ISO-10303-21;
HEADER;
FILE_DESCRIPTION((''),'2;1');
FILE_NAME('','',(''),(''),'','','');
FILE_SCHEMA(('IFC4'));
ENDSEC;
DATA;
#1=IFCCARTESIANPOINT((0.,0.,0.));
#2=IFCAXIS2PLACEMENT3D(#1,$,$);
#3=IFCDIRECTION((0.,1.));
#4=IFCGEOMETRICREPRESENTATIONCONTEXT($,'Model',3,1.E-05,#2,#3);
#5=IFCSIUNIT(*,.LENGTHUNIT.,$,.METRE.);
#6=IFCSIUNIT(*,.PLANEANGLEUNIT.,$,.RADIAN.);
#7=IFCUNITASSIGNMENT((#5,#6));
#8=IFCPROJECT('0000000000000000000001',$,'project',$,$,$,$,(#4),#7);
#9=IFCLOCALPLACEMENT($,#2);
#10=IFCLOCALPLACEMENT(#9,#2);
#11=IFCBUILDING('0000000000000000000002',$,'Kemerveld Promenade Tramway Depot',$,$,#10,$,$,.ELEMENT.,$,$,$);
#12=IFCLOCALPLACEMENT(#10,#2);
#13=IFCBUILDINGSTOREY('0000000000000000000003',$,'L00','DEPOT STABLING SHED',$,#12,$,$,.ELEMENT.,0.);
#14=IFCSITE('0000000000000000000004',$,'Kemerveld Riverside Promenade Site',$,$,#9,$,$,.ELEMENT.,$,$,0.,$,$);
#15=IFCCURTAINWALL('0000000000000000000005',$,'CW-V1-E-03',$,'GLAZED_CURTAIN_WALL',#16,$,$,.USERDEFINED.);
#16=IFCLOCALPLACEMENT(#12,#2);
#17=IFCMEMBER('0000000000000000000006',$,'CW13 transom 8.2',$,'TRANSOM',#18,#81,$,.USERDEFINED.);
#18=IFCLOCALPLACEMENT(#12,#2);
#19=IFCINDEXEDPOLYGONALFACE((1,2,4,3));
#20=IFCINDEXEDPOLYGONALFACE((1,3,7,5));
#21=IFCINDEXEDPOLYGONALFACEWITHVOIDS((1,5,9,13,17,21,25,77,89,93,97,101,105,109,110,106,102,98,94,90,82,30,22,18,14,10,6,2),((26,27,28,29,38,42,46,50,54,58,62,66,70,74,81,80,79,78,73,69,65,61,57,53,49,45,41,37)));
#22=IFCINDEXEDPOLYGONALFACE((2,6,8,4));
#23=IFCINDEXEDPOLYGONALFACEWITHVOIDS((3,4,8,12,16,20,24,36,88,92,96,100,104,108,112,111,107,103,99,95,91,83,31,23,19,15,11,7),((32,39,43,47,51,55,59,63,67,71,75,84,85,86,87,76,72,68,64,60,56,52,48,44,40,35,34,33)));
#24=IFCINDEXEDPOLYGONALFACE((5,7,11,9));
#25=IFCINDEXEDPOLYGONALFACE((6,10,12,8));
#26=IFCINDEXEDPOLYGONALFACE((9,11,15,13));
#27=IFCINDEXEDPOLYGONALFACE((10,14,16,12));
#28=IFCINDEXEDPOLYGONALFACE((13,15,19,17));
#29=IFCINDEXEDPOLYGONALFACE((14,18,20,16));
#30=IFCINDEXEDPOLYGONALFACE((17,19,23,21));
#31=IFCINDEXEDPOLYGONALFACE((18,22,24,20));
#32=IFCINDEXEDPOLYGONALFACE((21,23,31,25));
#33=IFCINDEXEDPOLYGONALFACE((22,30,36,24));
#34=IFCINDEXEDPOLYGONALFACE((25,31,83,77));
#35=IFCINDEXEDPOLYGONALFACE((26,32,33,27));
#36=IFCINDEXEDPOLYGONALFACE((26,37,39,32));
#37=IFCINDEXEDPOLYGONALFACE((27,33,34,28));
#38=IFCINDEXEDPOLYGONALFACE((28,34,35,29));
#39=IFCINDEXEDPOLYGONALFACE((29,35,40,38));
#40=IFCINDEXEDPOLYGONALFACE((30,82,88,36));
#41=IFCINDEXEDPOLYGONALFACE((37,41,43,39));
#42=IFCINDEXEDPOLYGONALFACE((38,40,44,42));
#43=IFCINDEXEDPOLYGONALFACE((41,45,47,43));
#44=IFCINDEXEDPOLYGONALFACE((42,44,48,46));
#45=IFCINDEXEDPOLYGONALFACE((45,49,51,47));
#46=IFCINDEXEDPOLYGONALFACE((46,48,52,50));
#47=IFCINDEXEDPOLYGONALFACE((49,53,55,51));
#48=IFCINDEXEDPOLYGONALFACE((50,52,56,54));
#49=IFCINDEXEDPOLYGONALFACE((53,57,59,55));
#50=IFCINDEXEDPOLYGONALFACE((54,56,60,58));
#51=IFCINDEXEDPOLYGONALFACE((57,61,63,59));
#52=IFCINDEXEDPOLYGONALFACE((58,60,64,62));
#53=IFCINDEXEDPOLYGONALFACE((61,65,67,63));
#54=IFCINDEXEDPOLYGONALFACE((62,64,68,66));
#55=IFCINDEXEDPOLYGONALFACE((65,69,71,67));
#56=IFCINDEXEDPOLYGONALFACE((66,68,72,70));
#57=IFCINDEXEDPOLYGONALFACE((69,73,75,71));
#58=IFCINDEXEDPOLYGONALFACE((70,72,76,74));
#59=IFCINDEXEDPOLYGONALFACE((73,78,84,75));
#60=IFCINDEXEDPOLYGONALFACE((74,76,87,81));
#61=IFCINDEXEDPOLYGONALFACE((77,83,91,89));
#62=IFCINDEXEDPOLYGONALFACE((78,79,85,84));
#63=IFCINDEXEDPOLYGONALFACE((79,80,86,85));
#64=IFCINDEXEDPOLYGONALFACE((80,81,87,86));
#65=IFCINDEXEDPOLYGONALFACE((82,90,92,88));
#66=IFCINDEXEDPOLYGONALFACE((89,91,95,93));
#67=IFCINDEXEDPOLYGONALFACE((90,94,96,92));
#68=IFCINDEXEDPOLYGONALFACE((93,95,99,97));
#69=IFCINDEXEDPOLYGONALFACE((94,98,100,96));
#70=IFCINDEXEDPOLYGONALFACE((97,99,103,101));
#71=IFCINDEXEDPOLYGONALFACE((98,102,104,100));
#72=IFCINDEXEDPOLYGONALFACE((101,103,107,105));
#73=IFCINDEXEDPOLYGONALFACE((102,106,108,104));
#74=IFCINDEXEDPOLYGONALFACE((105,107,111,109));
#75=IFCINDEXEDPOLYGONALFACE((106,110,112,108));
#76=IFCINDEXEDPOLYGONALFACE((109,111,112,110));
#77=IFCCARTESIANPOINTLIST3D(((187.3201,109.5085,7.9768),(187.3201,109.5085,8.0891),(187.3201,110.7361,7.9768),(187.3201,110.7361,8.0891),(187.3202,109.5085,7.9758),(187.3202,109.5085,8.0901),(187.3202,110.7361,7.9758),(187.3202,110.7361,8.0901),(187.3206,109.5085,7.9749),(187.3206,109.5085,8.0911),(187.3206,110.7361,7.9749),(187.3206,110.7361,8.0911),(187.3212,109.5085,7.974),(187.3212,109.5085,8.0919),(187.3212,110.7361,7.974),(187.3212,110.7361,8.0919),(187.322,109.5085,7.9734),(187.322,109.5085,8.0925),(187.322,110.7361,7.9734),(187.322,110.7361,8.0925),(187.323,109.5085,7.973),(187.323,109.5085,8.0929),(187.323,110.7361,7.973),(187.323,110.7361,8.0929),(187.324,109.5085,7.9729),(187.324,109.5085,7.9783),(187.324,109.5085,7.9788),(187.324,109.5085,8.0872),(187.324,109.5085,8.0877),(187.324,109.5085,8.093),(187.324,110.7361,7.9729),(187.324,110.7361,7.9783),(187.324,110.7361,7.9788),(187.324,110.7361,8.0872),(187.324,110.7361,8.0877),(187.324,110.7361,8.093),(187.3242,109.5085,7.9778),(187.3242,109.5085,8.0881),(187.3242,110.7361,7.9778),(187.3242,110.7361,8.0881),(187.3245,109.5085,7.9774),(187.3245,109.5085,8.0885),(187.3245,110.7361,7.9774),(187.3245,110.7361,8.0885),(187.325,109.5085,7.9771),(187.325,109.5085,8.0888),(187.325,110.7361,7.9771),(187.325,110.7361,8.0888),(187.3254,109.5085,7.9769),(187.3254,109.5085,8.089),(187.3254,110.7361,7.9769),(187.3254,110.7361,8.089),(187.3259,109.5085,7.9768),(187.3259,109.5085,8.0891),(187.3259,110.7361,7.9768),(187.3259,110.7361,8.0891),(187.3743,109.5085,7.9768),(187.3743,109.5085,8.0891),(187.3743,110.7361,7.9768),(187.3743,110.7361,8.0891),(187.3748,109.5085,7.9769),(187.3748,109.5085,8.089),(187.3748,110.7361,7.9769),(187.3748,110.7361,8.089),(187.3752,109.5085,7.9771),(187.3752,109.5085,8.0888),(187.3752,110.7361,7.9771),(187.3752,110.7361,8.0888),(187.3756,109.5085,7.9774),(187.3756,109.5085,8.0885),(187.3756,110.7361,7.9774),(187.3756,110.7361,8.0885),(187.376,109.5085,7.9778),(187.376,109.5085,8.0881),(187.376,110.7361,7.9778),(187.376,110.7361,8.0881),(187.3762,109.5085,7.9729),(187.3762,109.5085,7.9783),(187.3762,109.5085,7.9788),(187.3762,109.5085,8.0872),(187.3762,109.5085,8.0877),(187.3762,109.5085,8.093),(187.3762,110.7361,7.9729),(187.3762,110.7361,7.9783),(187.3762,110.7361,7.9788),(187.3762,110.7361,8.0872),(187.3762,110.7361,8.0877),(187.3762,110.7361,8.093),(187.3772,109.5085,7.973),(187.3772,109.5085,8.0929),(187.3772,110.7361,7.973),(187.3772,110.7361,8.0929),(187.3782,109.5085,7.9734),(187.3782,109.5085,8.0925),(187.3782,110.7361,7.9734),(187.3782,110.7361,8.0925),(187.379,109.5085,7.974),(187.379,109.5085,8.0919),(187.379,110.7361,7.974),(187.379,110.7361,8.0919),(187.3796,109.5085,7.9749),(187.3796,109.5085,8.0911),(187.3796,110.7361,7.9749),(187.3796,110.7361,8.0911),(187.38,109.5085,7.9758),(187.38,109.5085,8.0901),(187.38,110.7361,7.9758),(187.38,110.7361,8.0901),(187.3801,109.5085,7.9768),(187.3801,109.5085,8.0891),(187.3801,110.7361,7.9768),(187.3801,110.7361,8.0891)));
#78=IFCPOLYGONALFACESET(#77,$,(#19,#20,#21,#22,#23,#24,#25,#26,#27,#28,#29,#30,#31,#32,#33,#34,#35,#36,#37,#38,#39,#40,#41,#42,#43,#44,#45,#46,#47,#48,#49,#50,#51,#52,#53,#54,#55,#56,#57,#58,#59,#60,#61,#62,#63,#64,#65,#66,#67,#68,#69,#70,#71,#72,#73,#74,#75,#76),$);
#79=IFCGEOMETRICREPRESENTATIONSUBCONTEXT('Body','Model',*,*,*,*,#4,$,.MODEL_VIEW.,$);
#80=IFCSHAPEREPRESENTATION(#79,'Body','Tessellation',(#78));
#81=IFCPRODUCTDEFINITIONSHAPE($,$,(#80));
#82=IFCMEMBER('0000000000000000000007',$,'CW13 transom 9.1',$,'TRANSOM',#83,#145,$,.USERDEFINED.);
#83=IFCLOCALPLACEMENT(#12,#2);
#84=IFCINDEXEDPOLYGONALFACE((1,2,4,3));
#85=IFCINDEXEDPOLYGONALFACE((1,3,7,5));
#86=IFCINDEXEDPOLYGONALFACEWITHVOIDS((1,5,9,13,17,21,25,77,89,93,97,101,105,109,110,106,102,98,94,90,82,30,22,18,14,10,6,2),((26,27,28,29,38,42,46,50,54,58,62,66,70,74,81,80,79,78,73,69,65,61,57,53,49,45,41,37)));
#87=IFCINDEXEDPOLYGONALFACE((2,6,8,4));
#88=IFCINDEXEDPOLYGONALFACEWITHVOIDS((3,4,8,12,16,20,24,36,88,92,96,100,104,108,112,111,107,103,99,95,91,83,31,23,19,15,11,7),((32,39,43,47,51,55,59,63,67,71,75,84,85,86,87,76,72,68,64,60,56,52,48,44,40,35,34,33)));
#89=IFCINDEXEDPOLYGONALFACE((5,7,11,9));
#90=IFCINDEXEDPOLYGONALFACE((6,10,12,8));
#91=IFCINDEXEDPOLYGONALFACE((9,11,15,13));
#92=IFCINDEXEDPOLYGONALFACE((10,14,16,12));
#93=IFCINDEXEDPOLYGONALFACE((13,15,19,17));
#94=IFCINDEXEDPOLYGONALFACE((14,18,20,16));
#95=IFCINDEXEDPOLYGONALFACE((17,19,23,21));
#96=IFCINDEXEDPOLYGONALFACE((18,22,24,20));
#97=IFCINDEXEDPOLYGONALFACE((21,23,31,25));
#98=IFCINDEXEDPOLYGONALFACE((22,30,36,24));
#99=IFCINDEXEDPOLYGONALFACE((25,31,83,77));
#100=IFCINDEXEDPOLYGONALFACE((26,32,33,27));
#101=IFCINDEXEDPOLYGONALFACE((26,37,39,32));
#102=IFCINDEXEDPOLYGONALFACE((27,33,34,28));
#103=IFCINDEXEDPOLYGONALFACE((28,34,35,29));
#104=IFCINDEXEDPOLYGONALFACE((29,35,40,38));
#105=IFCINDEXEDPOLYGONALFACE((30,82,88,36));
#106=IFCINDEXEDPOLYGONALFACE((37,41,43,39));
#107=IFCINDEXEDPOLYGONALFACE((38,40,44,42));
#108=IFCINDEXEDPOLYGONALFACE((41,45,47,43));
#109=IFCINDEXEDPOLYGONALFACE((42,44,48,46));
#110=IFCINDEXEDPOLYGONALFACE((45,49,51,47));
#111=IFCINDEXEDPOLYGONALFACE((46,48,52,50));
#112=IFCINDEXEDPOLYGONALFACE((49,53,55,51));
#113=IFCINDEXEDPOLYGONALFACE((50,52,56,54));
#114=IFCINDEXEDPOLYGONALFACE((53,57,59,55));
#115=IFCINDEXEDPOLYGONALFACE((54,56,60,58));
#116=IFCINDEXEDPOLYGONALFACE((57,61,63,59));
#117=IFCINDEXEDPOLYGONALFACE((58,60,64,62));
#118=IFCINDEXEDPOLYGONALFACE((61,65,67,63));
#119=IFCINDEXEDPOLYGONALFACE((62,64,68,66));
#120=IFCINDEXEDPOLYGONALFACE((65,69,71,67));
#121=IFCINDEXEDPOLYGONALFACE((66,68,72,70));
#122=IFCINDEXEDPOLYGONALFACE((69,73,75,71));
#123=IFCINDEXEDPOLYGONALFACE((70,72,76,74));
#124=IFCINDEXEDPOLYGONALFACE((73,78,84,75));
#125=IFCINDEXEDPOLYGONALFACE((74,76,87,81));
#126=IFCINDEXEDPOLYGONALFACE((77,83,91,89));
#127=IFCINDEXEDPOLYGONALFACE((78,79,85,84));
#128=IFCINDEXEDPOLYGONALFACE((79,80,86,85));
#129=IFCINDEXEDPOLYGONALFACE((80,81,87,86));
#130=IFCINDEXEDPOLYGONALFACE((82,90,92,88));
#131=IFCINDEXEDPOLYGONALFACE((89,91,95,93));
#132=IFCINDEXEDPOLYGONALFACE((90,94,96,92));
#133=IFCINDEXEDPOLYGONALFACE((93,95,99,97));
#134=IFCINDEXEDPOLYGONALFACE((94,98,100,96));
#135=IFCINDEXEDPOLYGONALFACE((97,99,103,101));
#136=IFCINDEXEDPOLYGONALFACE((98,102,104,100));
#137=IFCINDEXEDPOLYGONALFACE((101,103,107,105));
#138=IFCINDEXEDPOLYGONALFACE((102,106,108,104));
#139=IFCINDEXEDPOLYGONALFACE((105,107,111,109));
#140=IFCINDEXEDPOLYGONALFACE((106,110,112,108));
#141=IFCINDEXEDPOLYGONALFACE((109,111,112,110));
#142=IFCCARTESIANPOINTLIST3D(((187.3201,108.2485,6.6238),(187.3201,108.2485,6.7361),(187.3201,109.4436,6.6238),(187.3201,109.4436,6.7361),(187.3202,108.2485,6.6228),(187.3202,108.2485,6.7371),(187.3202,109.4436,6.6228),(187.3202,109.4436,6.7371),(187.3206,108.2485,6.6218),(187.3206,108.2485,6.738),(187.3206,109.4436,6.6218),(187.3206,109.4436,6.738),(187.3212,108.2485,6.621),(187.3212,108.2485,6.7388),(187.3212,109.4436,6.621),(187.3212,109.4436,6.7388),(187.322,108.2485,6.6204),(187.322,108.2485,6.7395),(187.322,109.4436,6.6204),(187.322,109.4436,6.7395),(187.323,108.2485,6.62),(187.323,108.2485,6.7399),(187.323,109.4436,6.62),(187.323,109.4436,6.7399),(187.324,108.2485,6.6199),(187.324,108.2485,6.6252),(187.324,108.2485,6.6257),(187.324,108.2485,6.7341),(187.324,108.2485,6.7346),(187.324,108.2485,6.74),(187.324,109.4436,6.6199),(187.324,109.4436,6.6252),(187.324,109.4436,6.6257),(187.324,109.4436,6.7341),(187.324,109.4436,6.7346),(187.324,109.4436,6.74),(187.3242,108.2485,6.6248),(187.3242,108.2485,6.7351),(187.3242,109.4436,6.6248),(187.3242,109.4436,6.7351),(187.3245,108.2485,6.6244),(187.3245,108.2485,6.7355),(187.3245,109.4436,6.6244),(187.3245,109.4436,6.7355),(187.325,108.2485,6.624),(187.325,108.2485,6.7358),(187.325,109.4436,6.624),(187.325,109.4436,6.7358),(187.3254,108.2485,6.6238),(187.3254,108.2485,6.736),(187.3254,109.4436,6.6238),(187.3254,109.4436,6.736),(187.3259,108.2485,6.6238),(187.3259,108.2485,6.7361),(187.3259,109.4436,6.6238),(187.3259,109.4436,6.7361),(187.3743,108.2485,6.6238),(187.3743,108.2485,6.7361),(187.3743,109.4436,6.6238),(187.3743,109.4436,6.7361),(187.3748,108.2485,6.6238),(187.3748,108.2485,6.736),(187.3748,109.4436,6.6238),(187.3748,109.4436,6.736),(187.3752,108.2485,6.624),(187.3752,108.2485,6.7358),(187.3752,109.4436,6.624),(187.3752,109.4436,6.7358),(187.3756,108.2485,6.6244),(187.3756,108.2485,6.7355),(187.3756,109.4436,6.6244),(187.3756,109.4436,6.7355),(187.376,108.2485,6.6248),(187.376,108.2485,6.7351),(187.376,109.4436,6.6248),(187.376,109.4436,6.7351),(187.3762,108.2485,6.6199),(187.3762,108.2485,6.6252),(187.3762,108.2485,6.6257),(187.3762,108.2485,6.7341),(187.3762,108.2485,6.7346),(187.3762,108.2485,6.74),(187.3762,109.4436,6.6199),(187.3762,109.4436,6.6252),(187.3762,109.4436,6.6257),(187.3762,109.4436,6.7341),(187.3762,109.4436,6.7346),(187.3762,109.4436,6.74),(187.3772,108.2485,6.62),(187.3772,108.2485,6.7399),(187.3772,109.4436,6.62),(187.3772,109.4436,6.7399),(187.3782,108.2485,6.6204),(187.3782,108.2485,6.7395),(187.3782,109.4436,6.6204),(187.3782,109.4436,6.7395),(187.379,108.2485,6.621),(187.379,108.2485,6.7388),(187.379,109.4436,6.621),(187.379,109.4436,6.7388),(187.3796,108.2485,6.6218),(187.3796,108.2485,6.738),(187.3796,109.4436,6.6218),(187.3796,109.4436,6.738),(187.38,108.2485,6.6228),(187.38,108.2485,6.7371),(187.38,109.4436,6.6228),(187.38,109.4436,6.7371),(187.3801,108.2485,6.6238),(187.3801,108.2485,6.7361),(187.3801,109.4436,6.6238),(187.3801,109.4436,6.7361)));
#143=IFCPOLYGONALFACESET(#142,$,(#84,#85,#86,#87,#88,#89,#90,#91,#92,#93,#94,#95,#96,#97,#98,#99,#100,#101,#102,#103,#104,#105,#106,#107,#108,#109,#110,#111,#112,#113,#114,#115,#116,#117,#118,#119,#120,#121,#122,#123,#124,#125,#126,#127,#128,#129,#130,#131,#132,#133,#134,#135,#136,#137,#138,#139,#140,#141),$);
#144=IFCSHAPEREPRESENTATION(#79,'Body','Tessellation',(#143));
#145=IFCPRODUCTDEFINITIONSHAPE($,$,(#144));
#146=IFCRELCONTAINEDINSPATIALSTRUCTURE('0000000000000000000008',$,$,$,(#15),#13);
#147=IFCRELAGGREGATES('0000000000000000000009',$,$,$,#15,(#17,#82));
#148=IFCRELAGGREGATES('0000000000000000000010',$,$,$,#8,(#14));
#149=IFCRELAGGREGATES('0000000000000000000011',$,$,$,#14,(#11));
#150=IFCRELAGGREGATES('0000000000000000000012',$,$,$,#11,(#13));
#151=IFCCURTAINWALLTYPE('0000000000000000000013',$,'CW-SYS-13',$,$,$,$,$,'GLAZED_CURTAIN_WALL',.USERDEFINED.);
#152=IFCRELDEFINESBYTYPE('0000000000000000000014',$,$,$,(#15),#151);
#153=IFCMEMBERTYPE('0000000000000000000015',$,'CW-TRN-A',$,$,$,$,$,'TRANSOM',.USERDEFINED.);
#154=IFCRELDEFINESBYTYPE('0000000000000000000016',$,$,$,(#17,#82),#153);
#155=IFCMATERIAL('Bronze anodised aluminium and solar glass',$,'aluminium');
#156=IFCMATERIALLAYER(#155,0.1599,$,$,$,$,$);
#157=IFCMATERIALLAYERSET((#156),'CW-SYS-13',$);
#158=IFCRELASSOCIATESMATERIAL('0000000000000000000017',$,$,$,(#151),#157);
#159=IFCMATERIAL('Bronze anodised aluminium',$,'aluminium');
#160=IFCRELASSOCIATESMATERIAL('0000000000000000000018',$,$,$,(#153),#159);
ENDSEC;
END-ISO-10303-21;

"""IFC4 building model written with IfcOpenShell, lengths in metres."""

from ifc_helpers import new_model, si_unit, direction, frame, origin, origin_2d, place, context, subcontext, project, spatial, hollow_rectangle, extrude, material, layer, layer_set, material_profile, profile_set, type_object, element, aggregate, save


model = new_model("IFC4")

# Units and contexts
model_context = context("Model", 3, precision=1e-05, world=origin(), true_north=direction((0.0, 1.0)))
body_context = subcontext(model_context, "Body", "Model", "MODEL_VIEW")
ifc_project = project(units=[si_unit("LENGTHUNIT", "METRE"), si_unit("PLANEANGLEUNIT", "RADIAN")], contexts=[model_context])

# Site, building, storey
site_placement = place(None, origin())
site = spatial("IfcSite", under=ifc_project, at=site_placement, Name="Kemerveld Riverside Promenade Site", CompositionType="ELEMENT", RefElevation=0.0)
building_placement = place(site_placement, origin())
building = spatial("IfcBuilding", under=site, at=building_placement, Name="Kemerveld Promenade Tramway Depot", CompositionType="ELEMENT")
storey_placement = place(building_placement, origin())
storey = spatial("IfcBuildingStorey", under=building, at=storey_placement, Name="L00", Description="DEPOT STABLING SHED", CompositionType="ELEMENT", Elevation=0.0)

# Curtain wall
ifc_material_1 = material(Name="Bronze anodised aluminium and solar glass", Category="aluminium")
ifc_layer_1 = layer(ifc_material_1, 0.1599)
ifc_layer_set_1 = layer_set([ifc_layer_1], Name="CW-SYS-13")
curtain_wall_type_1 = type_object("IfcCurtainWallType", Name="CW-SYS-13", ElementType="GLAZED_CURTAIN_WALL", PredefinedType="USERDEFINED", material=ifc_layer_set_1)
curtain_wall_1_placement = place(storey_placement, origin())
curtain_wall_1 = element("IfcCurtainWall", 1, at=curtain_wall_1_placement, inside=storey, type_object=curtain_wall_type_1, Name="CW-V1-E-03", ObjectType="GLAZED_CURTAIN_WALL", PredefinedType="USERDEFINED")
ifc_material_2 = material(Name="Bronze anodised aluminium", Category="aluminium")

# Members
ifc_material_profile_1 = material_profile(ifc_material_2, hollow_rectangle(XDim=0.0601, YDim=0.1201, WallThickness=0.0039, InnerFilletRadius=0.002, OuterFilletRadius=0.0039, at=origin_2d()), Name="CW-TRN-120x60")
ifc_profile_set_1 = profile_set([ifc_material_profile_1], Name="Bronze anodised aluminium")
member_type_1 = type_object("IfcMemberType", Name="CW-TRN-A", ElementType="TRANSOM", PredefinedType="USERDEFINED", material=ifc_profile_set_1)
member_1_placement = place(storey_placement, frame((187.3501, 110.7361, 8.033), z_axis=(0.0, -1.0, 0.0), x_axis=(1.0, 0.0, 0.0)))
member_1 = element("IfcMember", 2, at=member_1_placement, type_object=member_type_1, Name="CW13 transom 8.2", ObjectType="TRANSOM", PredefinedType="USERDEFINED", context=body_context, shape_type="SweptSolid", body=[
    extrude(hollow_rectangle(XDim=0.0601, YDim=0.1201, WallThickness=0.0039, InnerFilletRadius=0.002, OuterFilletRadius=0.0039, at=origin_2d()), origin(), (0.0, 0.0, 1.0), 1.2275),
])
member_2_placement = place(storey_placement, frame((187.3501, 109.4436, 6.6799), z_axis=(0.0, -1.0, 0.0), x_axis=(1.0, 0.0, 0.0)))
member_2 = element("IfcMember", 3, at=member_2_placement, type_object=member_type_1, Name="CW13 transom 9.1", ObjectType="TRANSOM", PredefinedType="USERDEFINED", context=body_context, shape_type="SweptSolid", body=[
    extrude(hollow_rectangle(XDim=0.0601, YDim=0.1201, WallThickness=0.0039, InnerFilletRadius=0.002, OuterFilletRadius=0.0039, at=origin_2d()), origin(), (0.0, 0.0, 1.0), 1.1951),
])

aggregate(curtain_wall_1, [member_1, member_2])

save(model, "model.ifc")
